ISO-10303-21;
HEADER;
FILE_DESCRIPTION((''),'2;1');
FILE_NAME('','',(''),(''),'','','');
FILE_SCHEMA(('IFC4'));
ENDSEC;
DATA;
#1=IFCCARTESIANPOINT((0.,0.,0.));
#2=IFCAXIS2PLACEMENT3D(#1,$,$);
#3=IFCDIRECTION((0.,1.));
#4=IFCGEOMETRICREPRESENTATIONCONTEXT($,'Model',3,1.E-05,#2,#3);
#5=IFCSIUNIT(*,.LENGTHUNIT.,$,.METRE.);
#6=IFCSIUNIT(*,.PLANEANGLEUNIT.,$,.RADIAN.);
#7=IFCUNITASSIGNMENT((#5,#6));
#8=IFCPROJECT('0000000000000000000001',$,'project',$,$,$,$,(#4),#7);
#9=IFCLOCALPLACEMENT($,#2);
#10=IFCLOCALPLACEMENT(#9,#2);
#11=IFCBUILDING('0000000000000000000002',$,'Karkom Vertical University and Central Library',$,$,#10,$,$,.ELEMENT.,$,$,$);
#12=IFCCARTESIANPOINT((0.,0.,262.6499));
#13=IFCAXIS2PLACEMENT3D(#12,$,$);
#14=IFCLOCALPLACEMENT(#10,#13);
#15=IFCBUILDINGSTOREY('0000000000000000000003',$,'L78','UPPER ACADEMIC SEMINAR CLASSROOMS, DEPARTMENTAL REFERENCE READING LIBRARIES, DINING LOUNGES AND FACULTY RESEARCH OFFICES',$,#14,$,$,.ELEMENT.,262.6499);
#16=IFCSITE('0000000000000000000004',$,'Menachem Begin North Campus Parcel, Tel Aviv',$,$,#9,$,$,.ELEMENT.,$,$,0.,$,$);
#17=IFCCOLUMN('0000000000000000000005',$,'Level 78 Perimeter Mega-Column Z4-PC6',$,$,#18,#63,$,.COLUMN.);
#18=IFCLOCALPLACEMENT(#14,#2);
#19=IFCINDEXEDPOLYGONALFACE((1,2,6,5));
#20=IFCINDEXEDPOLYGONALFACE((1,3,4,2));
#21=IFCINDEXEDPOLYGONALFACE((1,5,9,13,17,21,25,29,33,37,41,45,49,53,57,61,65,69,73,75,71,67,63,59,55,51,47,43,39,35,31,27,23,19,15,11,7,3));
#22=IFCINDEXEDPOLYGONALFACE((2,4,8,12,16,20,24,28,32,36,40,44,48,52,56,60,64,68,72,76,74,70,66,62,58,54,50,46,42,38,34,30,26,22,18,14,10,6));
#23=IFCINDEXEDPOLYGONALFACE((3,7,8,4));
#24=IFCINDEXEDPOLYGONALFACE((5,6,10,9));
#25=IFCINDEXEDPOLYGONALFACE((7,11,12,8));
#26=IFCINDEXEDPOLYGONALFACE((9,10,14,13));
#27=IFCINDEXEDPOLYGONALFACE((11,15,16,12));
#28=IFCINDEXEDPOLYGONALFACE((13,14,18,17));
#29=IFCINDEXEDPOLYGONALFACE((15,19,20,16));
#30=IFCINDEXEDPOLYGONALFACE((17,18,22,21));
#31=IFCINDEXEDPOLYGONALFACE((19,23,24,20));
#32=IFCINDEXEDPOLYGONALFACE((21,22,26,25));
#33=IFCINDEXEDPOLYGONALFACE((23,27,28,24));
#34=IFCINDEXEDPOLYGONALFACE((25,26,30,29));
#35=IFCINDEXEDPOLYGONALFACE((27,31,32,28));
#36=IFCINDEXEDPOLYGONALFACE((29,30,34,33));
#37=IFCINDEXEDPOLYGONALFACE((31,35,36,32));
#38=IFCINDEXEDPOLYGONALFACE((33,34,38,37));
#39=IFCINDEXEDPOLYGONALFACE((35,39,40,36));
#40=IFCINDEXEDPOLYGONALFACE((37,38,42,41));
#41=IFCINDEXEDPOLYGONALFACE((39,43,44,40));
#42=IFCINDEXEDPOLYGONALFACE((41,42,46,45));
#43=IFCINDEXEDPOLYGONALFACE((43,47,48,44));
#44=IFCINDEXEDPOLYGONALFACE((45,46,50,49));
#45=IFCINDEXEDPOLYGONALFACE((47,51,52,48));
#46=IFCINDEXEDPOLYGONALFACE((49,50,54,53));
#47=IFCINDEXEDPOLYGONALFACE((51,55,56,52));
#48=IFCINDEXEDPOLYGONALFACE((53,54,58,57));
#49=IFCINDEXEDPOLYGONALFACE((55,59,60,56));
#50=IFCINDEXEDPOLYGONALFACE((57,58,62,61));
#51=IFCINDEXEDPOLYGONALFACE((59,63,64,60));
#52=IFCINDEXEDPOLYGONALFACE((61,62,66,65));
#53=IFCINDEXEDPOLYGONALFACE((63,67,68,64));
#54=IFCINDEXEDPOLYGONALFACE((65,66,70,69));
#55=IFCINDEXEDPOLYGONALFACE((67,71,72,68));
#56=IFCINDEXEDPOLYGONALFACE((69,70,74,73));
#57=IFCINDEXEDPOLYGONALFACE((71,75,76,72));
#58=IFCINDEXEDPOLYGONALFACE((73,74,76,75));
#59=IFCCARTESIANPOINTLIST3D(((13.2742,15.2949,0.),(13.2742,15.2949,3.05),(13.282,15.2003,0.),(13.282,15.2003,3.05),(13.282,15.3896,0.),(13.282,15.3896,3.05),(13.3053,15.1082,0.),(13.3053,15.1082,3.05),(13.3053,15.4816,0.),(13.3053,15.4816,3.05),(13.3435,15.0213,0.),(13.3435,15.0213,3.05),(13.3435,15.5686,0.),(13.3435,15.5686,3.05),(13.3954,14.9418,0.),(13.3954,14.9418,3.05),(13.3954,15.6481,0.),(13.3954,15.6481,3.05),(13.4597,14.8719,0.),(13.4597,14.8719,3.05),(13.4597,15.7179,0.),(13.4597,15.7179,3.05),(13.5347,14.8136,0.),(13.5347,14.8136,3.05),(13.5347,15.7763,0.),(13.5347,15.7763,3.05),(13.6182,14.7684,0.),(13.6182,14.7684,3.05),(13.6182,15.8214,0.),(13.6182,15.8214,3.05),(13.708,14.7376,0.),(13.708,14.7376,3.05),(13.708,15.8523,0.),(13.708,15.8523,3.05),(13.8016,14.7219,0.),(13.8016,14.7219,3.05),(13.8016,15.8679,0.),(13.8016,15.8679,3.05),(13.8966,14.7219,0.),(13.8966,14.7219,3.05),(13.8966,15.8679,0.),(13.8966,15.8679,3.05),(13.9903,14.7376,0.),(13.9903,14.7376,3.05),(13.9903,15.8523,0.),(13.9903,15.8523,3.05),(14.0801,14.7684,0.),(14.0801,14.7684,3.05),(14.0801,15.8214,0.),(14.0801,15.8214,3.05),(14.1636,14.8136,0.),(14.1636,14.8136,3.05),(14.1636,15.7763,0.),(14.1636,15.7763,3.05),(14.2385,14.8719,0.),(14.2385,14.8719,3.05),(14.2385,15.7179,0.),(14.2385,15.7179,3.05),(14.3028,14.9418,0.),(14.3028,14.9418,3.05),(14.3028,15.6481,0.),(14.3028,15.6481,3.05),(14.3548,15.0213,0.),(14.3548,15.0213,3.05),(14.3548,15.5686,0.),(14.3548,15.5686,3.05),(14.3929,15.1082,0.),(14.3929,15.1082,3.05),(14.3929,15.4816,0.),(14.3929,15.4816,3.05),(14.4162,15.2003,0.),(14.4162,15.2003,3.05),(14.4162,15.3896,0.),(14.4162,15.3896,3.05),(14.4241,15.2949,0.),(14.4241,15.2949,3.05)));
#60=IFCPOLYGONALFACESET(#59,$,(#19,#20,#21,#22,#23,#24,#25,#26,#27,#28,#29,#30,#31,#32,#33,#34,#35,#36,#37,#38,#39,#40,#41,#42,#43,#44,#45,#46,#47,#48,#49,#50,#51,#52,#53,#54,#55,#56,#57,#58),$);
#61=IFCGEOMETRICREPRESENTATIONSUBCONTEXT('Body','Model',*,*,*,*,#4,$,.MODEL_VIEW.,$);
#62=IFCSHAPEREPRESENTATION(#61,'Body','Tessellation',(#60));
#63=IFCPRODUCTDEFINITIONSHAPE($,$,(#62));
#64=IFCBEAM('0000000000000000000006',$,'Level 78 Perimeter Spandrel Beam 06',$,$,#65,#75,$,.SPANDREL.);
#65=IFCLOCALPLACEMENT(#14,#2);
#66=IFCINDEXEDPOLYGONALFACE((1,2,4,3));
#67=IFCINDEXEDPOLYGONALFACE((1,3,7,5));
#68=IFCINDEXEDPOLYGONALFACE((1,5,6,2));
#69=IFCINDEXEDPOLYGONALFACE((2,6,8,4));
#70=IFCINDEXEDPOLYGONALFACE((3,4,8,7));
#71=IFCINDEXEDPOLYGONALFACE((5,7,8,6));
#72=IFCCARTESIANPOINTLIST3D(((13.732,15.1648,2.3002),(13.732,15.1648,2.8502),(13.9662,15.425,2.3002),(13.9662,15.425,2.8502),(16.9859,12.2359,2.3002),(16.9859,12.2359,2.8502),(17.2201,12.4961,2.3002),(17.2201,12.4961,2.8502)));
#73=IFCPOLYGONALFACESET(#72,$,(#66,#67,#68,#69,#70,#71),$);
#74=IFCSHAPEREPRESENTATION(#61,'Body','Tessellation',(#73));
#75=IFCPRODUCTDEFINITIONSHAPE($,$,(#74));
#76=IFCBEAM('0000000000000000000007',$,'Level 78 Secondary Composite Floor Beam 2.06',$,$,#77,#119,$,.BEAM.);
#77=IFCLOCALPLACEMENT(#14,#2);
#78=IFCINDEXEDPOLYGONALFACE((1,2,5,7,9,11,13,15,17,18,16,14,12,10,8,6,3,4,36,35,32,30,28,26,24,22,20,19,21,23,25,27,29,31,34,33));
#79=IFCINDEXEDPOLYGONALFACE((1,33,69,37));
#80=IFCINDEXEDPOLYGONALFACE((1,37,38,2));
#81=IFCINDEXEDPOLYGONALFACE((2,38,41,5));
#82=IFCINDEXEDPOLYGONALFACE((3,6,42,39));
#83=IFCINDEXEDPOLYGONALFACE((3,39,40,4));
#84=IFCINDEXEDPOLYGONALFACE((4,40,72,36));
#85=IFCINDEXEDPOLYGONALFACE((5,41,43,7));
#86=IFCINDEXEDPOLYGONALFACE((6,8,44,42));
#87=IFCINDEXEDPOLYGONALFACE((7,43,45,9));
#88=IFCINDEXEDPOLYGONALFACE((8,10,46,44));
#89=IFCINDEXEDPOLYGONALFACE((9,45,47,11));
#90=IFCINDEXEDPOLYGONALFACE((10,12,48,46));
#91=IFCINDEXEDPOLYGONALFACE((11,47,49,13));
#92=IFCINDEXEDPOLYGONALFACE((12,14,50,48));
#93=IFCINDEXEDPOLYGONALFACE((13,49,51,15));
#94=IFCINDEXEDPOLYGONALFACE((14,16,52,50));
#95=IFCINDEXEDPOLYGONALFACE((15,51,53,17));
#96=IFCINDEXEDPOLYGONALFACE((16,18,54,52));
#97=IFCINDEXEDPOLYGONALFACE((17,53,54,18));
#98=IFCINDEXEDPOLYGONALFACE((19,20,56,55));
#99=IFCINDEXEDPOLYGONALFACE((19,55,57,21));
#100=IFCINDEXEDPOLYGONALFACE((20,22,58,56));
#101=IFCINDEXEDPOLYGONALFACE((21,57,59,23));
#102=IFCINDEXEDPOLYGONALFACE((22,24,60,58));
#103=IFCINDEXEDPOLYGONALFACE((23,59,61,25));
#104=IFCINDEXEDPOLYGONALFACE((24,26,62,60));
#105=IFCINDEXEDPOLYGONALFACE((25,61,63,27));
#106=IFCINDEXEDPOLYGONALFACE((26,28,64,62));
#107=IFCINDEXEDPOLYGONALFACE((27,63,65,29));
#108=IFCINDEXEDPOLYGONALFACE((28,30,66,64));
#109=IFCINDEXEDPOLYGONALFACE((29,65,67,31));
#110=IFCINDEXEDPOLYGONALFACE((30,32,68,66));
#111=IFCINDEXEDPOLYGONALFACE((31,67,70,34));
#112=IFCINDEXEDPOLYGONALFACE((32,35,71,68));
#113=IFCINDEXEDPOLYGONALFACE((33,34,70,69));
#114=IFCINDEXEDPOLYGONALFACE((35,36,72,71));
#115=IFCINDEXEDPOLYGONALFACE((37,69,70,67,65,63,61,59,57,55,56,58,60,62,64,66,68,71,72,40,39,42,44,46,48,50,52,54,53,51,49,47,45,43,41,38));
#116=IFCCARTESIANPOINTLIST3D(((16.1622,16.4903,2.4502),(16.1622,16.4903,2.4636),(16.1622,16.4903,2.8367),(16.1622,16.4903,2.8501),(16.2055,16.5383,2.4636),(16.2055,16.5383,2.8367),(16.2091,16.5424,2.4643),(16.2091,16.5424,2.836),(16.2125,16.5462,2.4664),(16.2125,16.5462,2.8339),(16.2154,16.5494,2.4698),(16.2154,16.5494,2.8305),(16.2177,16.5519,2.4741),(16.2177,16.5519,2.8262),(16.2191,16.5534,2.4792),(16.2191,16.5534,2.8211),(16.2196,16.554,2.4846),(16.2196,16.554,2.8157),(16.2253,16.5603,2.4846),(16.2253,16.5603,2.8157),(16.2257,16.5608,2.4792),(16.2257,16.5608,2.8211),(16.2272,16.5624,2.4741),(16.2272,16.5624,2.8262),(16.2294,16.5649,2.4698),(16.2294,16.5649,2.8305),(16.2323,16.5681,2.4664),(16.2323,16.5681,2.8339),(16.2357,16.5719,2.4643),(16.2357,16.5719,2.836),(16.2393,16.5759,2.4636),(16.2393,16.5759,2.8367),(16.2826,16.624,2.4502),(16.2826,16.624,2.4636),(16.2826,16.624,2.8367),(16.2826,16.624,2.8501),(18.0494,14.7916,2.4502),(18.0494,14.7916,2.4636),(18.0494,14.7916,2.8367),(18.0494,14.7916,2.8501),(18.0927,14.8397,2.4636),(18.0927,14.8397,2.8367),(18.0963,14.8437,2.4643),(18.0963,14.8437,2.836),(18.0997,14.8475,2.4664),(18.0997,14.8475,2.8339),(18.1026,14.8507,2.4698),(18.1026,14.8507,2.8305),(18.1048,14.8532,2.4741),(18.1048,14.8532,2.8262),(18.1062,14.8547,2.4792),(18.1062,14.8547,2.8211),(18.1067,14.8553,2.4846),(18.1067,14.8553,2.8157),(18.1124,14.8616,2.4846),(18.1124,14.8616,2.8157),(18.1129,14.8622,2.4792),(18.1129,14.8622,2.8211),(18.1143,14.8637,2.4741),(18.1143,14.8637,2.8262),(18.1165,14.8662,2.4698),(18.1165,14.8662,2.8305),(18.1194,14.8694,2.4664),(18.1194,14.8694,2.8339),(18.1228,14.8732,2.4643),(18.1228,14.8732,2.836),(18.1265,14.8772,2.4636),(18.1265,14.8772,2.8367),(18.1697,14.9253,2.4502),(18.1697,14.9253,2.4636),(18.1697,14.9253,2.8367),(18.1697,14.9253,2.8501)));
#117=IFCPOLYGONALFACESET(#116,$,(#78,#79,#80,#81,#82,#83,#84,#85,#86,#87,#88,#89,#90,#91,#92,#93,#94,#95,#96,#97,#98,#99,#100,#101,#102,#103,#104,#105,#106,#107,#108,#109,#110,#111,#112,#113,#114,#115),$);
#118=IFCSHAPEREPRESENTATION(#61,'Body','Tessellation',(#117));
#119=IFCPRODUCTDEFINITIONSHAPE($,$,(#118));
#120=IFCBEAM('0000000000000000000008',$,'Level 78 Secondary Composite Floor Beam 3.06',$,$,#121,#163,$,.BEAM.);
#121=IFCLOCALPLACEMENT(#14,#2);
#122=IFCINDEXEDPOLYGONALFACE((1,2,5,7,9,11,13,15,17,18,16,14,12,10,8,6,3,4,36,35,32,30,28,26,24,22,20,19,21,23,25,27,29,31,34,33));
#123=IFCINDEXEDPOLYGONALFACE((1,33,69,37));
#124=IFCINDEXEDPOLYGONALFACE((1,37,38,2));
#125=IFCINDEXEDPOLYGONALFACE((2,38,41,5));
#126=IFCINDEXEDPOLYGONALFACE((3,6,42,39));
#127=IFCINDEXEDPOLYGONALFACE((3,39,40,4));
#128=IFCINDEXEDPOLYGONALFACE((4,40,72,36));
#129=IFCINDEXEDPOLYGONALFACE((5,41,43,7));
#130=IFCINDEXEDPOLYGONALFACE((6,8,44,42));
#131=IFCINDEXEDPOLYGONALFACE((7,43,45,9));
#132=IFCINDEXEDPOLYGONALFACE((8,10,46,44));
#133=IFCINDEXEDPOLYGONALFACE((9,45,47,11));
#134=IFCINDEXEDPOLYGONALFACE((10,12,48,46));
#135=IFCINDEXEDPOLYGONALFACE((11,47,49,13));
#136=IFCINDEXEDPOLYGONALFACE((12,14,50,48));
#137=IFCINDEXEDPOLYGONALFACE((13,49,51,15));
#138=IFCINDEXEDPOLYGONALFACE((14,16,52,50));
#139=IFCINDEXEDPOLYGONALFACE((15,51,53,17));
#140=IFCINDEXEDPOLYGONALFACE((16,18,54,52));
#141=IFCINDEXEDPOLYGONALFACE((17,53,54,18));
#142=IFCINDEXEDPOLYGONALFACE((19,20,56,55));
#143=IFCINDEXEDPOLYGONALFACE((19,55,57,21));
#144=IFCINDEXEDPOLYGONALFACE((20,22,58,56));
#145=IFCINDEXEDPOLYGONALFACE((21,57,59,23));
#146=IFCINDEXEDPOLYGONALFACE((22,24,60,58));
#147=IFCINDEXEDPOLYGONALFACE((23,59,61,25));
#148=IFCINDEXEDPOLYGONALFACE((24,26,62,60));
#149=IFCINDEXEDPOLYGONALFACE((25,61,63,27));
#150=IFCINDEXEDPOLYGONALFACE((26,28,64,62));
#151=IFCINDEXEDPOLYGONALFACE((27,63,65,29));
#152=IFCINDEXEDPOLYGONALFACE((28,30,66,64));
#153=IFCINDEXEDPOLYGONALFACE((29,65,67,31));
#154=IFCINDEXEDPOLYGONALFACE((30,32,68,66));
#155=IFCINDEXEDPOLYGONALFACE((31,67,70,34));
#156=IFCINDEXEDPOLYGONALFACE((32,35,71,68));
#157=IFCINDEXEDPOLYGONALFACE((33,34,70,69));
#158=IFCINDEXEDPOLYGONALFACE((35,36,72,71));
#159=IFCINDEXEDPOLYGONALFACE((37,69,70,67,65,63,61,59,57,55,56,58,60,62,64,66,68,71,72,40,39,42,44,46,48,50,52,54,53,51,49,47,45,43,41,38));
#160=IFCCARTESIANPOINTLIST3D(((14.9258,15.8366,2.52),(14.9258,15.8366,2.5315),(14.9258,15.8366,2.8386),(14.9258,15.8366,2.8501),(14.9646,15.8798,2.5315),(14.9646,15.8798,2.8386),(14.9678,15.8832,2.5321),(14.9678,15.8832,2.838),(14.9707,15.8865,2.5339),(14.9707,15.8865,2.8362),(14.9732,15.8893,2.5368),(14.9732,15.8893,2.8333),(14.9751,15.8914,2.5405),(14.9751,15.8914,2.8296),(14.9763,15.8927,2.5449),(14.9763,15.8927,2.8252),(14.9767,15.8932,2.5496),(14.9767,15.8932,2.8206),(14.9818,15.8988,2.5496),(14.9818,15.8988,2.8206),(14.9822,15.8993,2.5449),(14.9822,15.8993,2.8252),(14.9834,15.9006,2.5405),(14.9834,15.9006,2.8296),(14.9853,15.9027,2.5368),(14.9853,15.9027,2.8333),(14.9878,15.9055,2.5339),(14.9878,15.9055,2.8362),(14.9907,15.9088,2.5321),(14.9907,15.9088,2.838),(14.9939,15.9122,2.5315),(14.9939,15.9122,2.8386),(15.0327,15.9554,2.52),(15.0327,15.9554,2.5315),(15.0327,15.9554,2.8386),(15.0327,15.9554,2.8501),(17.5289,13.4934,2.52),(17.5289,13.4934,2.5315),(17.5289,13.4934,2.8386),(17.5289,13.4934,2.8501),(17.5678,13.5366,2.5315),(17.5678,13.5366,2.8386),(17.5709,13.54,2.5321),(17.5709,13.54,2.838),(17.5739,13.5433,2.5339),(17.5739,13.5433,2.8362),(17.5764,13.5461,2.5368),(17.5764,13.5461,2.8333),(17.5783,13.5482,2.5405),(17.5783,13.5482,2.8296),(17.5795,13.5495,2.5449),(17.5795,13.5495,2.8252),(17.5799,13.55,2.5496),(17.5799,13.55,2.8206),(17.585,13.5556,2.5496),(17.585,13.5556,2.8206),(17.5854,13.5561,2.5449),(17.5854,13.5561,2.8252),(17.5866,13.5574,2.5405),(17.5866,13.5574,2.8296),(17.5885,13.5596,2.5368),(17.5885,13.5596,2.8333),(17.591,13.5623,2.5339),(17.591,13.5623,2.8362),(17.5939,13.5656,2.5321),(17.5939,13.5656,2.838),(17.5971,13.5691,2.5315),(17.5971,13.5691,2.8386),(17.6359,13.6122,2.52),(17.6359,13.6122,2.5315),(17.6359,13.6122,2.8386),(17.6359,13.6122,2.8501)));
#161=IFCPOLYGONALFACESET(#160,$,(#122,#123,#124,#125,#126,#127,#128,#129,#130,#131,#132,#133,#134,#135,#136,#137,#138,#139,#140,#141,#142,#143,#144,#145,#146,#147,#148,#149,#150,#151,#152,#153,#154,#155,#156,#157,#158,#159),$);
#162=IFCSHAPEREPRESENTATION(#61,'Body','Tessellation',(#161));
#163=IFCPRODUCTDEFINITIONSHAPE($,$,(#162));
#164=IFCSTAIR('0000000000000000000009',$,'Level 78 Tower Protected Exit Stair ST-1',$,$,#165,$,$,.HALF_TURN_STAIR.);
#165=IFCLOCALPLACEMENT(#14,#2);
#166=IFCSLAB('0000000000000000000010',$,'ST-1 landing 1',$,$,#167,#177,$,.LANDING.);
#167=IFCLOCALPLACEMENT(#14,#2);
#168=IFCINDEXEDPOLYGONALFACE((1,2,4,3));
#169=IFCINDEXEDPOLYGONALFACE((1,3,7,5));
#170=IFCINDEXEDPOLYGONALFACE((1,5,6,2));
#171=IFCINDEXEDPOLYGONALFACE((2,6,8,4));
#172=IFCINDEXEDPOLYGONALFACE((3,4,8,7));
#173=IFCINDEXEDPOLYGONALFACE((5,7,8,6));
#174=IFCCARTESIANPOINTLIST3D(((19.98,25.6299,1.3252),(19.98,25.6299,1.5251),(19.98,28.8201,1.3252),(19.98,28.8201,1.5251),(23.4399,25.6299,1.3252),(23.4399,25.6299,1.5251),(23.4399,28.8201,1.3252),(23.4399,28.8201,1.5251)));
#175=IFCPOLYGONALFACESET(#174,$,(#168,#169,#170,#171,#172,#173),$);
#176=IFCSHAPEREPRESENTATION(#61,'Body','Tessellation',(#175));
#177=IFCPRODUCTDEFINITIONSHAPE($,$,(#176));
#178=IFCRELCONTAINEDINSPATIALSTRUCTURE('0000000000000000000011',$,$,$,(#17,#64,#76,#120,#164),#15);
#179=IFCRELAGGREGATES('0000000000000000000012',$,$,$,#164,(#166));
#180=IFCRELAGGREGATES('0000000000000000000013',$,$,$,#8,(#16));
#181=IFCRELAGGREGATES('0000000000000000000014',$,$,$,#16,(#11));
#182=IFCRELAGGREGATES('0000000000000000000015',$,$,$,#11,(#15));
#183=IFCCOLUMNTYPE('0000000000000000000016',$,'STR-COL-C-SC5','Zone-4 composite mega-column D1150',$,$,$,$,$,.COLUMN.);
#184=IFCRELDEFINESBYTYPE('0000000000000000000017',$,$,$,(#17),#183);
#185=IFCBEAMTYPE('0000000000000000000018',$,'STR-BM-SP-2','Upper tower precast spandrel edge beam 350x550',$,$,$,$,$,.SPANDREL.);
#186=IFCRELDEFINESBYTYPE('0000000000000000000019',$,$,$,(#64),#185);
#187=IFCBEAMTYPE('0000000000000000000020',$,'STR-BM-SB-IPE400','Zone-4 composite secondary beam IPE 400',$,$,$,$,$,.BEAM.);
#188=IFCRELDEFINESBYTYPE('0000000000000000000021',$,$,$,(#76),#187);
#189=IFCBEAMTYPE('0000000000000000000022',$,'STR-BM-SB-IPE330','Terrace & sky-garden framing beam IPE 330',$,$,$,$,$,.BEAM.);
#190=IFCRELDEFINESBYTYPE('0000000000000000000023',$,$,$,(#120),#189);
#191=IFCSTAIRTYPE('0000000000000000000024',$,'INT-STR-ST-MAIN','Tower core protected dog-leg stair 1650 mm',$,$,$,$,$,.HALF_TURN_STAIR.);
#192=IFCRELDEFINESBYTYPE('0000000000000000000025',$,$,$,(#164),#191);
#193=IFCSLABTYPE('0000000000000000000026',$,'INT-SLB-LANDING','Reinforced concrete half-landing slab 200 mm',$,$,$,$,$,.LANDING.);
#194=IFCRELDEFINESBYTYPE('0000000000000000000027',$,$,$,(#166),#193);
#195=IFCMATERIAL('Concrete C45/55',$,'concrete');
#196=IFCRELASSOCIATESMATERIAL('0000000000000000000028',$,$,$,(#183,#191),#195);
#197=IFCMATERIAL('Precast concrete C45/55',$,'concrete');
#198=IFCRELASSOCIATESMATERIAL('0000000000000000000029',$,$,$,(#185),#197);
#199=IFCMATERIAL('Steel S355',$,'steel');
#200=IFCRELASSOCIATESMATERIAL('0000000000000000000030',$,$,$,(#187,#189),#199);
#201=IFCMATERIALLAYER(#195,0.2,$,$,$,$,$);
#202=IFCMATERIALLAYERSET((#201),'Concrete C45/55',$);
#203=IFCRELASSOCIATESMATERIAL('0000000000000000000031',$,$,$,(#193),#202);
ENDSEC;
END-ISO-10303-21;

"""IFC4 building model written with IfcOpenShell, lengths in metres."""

from ifc_helpers import new_model, si_unit, direction, frame, origin, origin_with_axes, origin_2d, place, context, subcontext, project, spatial, polyline, rectangle, circle, i_section, outline, extrude, source, transform, mapped, material, layer, layer_set, material_profile, profile_set, type_object, element, aggregate, save


model = new_model("IFC4")

# Units and contexts
model_context = context("Model", 3, precision=1e-05, world=origin(), true_north=direction((0.0, 1.0)))
body_context = subcontext(model_context, "Body", "Model", "MODEL_VIEW")
ifc_project = project(units=[si_unit("LENGTHUNIT", "METRE"), si_unit("PLANEANGLEUNIT", "RADIAN")], contexts=[model_context])

# Site, building, storey
site_placement = place(None, origin())
site = spatial("IfcSite", under=ifc_project, at=site_placement, Name="Menachem Begin North Campus Parcel, Tel Aviv", CompositionType="ELEMENT", RefElevation=0.0)
building_placement = place(site_placement, origin())
building = spatial("IfcBuilding", under=site, at=building_placement, Name="Karkom Vertical University and Central Library", CompositionType="ELEMENT")
storey_placement = place(building_placement, frame((0.0, 0.0, 262.6499)))
storey = spatial("IfcBuildingStorey", under=building, at=storey_placement, Name="L78", Description="UPPER ACADEMIC SEMINAR CLASSROOMS, DEPARTMENTAL REFERENCE READING LIBRARIES, DINING LOUNGES AND FACULTY RESEARCH OFFICES", CompositionType="ELEMENT", Elevation=262.6499)

# Column
ifc_material_1 = material(Name="Concrete C45/55", Category="concrete")
ifc_material_profile_1 = material_profile(ifc_material_1, circle(Radius=0.575, at=origin_2d()), Name="CFT-D1150")
ifc_profile_set_1 = profile_set([ifc_material_profile_1], Name="Concrete C45/55")
column_type = type_object("IfcColumnType", Name="STR-COL-C-SC5", Description="Zone-4 composite mega-column D1150", PredefinedType="COLUMN", material=ifc_profile_set_1)
shared_shape_1 = source(origin_with_axes(), body_context, "Body", "SweptSolid", [
    extrude(circle(Radius=0.575, at=origin_2d()), origin(), (0.0, 0.0, 1.0), 3.05),
])
column_placement = place(storey_placement, frame((13.8491, 15.2949, 0.0), z_axis=(0.0, 0.0, 1.0), x_axis=(1.0, 0.0, 0.0)))
element("IfcColumn", 1, at=column_placement, inside=storey, type_object=column_type, Name="Level 78 Perimeter Mega-Column Z4-PC6", PredefinedType="COLUMN", context=body_context, shape_type="MappedRepresentation", body=[
    mapped(shared_shape_1, transform((0.0, 0.0, 0.0), scale=1.0)),
])

# Beams
ifc_material_2 = material(Name="Precast concrete C45/55", Category="concrete")
ifc_material_profile_2 = material_profile(ifc_material_2, rectangle(XDim=0.3501, YDim=0.55, at=origin_2d()), Name="SPB-350x550")
ifc_profile_set_2 = profile_set([ifc_material_profile_2], Name="Precast concrete C45/55")
beam_type_1 = type_object("IfcBeamType", Name="STR-BM-SP-2", Description="Upper tower precast spandrel edge beam 350x550", PredefinedType="SPANDREL", material=ifc_profile_set_2)
shared_shape_2 = source(origin_with_axes(), body_context, "Body", "SweptSolid", [
    extrude(rectangle(XDim=0.3501, YDim=0.55, at=origin_2d()), origin(), (0.0, 0.0, 1.0), 4.3779),
])
beam_1_placement = place(storey_placement, frame((13.8491, 15.2949, 2.5752), z_axis=(0.743244, -0.66902, 0.0), x_axis=(0.66902, 0.743244, 0.0)))
element("IfcBeam", 2, at=beam_1_placement, inside=storey, type_object=beam_type_1, Name="Level 78 Perimeter Spandrel Beam 06", PredefinedType="SPANDREL", context=body_context, shape_type="MappedRepresentation", body=[
    mapped(shared_shape_2, transform((0.0, 0.0, 0.0), scale=1.0)),
])
ifc_material_3 = material(Name="Steel S355", Category="steel")
ifc_material_profile_3 = material_profile(ifc_material_3, i_section(OverallWidth=0.1799, OverallDepth=0.3999, WebThickness=0.0085, FlangeThickness=0.0134, FilletRadius=0.021, at=origin_2d()), Name="IPE 400")
ifc_profile_set_3 = profile_set([ifc_material_profile_3], Name="Steel S355")
beam_type_2 = type_object("IfcBeamType", Name="STR-BM-SB-IPE400", Description="Zone-4 composite secondary beam IPE 400", PredefinedType="BEAM", material=ifc_profile_set_3)
shared_shape_3 = source(origin_with_axes(), body_context, "Body", "SweptSolid", [
    extrude(i_section(OverallWidth=0.1799, OverallDepth=0.3999, WebThickness=0.0085, FlangeThickness=0.0134, FilletRadius=0.021, at=origin_2d()), origin(), (0.0, 0.0, 1.0), 2.5391),
])
beam_2_placement = place(storey_placement, frame((16.2224, 16.5571, 2.6501), z_axis=(0.743246, -0.669018, 0.0), x_axis=(0.669018, 0.743246, 0.0)))
element("IfcBeam", 3, at=beam_2_placement, inside=storey, type_object=beam_type_2, Name="Level 78 Secondary Composite Floor Beam 2.06", PredefinedType="BEAM", context=body_context, shape_type="MappedRepresentation", body=[
    mapped(shared_shape_3, transform((0.0, 0.0, 0.0), scale=1.0)),
])
ifc_material_profile_4 = material_profile(ifc_material_3, i_section(OverallWidth=0.1599, OverallDepth=0.3301, WebThickness=0.0076, FlangeThickness=0.0115, FilletRadius=0.0181, at=origin_2d()), Name="IPE 330")
ifc_profile_set_4 = profile_set([ifc_material_profile_4], Name="Steel S355")
beam_type_3 = type_object("IfcBeamType", Name="STR-BM-SB-IPE330", Description="Terrace & sky-garden framing beam IPE 330", PredefinedType="BEAM", material=ifc_profile_set_4)
shared_shape_4 = source(origin_with_axes(), body_context, "Body", "SweptSolid", [
    extrude(i_section(OverallWidth=0.1599, OverallDepth=0.3301, WebThickness=0.0076, FlangeThickness=0.0115, FilletRadius=0.0181, at=origin_2d()), origin(), (0.0, 0.0, 1.0), 3.5024),
])
beam_3_placement = place(storey_placement, frame((14.9792, 15.896, 2.6851), z_axis=(0.743249, -0.669015, 0.0), x_axis=(0.669015, 0.743249, 0.0)))
element("IfcBeam", 4, at=beam_3_placement, inside=storey, type_object=beam_type_3, Name="Level 78 Secondary Composite Floor Beam 3.06", PredefinedType="BEAM", context=body_context, shape_type="MappedRepresentation", body=[
    mapped(shared_shape_4, transform((0.0, 0.0, 0.0), scale=1.0)),
])

# Stair, slab
stair_type = type_object("IfcStairType", Name="INT-STR-ST-MAIN", Description="Tower core protected dog-leg stair 1650 mm", PredefinedType="HALF_TURN_STAIR", material=ifc_material_1)
stair_1_placement = place(storey_placement, origin())
stair_1 = element("IfcStair", 5, at=stair_1_placement, inside=storey, type_object=stair_type, Name="Level 78 Tower Protected Exit Stair ST-1", PredefinedType="HALF_TURN_STAIR")
ifc_layer_1 = layer(ifc_material_1, 0.2)
ifc_layer_set_1 = layer_set([ifc_layer_1], Name="Concrete C45/55")
slab_type_1 = type_object("IfcSlabType", Name="INT-SLB-LANDING", Description="Reinforced concrete half-landing slab 200 mm", PredefinedType="LANDING", material=ifc_layer_set_1)
slab_1_placement = place(storey_placement, frame((0.0, 0.0, 1.3252)))
slab_1 = element("IfcSlab", 6, at=slab_1_placement, type_object=slab_type_1, Name="ST-1 landing 1", PredefinedType="LANDING", context=body_context, shape_type="SweptSolid", body=[
    extrude(outline(polyline([(23.4399, 25.6299), (23.4399, 28.8201), (19.98, 28.8201), (19.98, 25.6299), (23.4399, 25.6299)])), origin(), (0.0, 0.0, 1.0), 0.2),
])
aggregate(stair_1, [slab_1])

save(model, "model.ifc")
